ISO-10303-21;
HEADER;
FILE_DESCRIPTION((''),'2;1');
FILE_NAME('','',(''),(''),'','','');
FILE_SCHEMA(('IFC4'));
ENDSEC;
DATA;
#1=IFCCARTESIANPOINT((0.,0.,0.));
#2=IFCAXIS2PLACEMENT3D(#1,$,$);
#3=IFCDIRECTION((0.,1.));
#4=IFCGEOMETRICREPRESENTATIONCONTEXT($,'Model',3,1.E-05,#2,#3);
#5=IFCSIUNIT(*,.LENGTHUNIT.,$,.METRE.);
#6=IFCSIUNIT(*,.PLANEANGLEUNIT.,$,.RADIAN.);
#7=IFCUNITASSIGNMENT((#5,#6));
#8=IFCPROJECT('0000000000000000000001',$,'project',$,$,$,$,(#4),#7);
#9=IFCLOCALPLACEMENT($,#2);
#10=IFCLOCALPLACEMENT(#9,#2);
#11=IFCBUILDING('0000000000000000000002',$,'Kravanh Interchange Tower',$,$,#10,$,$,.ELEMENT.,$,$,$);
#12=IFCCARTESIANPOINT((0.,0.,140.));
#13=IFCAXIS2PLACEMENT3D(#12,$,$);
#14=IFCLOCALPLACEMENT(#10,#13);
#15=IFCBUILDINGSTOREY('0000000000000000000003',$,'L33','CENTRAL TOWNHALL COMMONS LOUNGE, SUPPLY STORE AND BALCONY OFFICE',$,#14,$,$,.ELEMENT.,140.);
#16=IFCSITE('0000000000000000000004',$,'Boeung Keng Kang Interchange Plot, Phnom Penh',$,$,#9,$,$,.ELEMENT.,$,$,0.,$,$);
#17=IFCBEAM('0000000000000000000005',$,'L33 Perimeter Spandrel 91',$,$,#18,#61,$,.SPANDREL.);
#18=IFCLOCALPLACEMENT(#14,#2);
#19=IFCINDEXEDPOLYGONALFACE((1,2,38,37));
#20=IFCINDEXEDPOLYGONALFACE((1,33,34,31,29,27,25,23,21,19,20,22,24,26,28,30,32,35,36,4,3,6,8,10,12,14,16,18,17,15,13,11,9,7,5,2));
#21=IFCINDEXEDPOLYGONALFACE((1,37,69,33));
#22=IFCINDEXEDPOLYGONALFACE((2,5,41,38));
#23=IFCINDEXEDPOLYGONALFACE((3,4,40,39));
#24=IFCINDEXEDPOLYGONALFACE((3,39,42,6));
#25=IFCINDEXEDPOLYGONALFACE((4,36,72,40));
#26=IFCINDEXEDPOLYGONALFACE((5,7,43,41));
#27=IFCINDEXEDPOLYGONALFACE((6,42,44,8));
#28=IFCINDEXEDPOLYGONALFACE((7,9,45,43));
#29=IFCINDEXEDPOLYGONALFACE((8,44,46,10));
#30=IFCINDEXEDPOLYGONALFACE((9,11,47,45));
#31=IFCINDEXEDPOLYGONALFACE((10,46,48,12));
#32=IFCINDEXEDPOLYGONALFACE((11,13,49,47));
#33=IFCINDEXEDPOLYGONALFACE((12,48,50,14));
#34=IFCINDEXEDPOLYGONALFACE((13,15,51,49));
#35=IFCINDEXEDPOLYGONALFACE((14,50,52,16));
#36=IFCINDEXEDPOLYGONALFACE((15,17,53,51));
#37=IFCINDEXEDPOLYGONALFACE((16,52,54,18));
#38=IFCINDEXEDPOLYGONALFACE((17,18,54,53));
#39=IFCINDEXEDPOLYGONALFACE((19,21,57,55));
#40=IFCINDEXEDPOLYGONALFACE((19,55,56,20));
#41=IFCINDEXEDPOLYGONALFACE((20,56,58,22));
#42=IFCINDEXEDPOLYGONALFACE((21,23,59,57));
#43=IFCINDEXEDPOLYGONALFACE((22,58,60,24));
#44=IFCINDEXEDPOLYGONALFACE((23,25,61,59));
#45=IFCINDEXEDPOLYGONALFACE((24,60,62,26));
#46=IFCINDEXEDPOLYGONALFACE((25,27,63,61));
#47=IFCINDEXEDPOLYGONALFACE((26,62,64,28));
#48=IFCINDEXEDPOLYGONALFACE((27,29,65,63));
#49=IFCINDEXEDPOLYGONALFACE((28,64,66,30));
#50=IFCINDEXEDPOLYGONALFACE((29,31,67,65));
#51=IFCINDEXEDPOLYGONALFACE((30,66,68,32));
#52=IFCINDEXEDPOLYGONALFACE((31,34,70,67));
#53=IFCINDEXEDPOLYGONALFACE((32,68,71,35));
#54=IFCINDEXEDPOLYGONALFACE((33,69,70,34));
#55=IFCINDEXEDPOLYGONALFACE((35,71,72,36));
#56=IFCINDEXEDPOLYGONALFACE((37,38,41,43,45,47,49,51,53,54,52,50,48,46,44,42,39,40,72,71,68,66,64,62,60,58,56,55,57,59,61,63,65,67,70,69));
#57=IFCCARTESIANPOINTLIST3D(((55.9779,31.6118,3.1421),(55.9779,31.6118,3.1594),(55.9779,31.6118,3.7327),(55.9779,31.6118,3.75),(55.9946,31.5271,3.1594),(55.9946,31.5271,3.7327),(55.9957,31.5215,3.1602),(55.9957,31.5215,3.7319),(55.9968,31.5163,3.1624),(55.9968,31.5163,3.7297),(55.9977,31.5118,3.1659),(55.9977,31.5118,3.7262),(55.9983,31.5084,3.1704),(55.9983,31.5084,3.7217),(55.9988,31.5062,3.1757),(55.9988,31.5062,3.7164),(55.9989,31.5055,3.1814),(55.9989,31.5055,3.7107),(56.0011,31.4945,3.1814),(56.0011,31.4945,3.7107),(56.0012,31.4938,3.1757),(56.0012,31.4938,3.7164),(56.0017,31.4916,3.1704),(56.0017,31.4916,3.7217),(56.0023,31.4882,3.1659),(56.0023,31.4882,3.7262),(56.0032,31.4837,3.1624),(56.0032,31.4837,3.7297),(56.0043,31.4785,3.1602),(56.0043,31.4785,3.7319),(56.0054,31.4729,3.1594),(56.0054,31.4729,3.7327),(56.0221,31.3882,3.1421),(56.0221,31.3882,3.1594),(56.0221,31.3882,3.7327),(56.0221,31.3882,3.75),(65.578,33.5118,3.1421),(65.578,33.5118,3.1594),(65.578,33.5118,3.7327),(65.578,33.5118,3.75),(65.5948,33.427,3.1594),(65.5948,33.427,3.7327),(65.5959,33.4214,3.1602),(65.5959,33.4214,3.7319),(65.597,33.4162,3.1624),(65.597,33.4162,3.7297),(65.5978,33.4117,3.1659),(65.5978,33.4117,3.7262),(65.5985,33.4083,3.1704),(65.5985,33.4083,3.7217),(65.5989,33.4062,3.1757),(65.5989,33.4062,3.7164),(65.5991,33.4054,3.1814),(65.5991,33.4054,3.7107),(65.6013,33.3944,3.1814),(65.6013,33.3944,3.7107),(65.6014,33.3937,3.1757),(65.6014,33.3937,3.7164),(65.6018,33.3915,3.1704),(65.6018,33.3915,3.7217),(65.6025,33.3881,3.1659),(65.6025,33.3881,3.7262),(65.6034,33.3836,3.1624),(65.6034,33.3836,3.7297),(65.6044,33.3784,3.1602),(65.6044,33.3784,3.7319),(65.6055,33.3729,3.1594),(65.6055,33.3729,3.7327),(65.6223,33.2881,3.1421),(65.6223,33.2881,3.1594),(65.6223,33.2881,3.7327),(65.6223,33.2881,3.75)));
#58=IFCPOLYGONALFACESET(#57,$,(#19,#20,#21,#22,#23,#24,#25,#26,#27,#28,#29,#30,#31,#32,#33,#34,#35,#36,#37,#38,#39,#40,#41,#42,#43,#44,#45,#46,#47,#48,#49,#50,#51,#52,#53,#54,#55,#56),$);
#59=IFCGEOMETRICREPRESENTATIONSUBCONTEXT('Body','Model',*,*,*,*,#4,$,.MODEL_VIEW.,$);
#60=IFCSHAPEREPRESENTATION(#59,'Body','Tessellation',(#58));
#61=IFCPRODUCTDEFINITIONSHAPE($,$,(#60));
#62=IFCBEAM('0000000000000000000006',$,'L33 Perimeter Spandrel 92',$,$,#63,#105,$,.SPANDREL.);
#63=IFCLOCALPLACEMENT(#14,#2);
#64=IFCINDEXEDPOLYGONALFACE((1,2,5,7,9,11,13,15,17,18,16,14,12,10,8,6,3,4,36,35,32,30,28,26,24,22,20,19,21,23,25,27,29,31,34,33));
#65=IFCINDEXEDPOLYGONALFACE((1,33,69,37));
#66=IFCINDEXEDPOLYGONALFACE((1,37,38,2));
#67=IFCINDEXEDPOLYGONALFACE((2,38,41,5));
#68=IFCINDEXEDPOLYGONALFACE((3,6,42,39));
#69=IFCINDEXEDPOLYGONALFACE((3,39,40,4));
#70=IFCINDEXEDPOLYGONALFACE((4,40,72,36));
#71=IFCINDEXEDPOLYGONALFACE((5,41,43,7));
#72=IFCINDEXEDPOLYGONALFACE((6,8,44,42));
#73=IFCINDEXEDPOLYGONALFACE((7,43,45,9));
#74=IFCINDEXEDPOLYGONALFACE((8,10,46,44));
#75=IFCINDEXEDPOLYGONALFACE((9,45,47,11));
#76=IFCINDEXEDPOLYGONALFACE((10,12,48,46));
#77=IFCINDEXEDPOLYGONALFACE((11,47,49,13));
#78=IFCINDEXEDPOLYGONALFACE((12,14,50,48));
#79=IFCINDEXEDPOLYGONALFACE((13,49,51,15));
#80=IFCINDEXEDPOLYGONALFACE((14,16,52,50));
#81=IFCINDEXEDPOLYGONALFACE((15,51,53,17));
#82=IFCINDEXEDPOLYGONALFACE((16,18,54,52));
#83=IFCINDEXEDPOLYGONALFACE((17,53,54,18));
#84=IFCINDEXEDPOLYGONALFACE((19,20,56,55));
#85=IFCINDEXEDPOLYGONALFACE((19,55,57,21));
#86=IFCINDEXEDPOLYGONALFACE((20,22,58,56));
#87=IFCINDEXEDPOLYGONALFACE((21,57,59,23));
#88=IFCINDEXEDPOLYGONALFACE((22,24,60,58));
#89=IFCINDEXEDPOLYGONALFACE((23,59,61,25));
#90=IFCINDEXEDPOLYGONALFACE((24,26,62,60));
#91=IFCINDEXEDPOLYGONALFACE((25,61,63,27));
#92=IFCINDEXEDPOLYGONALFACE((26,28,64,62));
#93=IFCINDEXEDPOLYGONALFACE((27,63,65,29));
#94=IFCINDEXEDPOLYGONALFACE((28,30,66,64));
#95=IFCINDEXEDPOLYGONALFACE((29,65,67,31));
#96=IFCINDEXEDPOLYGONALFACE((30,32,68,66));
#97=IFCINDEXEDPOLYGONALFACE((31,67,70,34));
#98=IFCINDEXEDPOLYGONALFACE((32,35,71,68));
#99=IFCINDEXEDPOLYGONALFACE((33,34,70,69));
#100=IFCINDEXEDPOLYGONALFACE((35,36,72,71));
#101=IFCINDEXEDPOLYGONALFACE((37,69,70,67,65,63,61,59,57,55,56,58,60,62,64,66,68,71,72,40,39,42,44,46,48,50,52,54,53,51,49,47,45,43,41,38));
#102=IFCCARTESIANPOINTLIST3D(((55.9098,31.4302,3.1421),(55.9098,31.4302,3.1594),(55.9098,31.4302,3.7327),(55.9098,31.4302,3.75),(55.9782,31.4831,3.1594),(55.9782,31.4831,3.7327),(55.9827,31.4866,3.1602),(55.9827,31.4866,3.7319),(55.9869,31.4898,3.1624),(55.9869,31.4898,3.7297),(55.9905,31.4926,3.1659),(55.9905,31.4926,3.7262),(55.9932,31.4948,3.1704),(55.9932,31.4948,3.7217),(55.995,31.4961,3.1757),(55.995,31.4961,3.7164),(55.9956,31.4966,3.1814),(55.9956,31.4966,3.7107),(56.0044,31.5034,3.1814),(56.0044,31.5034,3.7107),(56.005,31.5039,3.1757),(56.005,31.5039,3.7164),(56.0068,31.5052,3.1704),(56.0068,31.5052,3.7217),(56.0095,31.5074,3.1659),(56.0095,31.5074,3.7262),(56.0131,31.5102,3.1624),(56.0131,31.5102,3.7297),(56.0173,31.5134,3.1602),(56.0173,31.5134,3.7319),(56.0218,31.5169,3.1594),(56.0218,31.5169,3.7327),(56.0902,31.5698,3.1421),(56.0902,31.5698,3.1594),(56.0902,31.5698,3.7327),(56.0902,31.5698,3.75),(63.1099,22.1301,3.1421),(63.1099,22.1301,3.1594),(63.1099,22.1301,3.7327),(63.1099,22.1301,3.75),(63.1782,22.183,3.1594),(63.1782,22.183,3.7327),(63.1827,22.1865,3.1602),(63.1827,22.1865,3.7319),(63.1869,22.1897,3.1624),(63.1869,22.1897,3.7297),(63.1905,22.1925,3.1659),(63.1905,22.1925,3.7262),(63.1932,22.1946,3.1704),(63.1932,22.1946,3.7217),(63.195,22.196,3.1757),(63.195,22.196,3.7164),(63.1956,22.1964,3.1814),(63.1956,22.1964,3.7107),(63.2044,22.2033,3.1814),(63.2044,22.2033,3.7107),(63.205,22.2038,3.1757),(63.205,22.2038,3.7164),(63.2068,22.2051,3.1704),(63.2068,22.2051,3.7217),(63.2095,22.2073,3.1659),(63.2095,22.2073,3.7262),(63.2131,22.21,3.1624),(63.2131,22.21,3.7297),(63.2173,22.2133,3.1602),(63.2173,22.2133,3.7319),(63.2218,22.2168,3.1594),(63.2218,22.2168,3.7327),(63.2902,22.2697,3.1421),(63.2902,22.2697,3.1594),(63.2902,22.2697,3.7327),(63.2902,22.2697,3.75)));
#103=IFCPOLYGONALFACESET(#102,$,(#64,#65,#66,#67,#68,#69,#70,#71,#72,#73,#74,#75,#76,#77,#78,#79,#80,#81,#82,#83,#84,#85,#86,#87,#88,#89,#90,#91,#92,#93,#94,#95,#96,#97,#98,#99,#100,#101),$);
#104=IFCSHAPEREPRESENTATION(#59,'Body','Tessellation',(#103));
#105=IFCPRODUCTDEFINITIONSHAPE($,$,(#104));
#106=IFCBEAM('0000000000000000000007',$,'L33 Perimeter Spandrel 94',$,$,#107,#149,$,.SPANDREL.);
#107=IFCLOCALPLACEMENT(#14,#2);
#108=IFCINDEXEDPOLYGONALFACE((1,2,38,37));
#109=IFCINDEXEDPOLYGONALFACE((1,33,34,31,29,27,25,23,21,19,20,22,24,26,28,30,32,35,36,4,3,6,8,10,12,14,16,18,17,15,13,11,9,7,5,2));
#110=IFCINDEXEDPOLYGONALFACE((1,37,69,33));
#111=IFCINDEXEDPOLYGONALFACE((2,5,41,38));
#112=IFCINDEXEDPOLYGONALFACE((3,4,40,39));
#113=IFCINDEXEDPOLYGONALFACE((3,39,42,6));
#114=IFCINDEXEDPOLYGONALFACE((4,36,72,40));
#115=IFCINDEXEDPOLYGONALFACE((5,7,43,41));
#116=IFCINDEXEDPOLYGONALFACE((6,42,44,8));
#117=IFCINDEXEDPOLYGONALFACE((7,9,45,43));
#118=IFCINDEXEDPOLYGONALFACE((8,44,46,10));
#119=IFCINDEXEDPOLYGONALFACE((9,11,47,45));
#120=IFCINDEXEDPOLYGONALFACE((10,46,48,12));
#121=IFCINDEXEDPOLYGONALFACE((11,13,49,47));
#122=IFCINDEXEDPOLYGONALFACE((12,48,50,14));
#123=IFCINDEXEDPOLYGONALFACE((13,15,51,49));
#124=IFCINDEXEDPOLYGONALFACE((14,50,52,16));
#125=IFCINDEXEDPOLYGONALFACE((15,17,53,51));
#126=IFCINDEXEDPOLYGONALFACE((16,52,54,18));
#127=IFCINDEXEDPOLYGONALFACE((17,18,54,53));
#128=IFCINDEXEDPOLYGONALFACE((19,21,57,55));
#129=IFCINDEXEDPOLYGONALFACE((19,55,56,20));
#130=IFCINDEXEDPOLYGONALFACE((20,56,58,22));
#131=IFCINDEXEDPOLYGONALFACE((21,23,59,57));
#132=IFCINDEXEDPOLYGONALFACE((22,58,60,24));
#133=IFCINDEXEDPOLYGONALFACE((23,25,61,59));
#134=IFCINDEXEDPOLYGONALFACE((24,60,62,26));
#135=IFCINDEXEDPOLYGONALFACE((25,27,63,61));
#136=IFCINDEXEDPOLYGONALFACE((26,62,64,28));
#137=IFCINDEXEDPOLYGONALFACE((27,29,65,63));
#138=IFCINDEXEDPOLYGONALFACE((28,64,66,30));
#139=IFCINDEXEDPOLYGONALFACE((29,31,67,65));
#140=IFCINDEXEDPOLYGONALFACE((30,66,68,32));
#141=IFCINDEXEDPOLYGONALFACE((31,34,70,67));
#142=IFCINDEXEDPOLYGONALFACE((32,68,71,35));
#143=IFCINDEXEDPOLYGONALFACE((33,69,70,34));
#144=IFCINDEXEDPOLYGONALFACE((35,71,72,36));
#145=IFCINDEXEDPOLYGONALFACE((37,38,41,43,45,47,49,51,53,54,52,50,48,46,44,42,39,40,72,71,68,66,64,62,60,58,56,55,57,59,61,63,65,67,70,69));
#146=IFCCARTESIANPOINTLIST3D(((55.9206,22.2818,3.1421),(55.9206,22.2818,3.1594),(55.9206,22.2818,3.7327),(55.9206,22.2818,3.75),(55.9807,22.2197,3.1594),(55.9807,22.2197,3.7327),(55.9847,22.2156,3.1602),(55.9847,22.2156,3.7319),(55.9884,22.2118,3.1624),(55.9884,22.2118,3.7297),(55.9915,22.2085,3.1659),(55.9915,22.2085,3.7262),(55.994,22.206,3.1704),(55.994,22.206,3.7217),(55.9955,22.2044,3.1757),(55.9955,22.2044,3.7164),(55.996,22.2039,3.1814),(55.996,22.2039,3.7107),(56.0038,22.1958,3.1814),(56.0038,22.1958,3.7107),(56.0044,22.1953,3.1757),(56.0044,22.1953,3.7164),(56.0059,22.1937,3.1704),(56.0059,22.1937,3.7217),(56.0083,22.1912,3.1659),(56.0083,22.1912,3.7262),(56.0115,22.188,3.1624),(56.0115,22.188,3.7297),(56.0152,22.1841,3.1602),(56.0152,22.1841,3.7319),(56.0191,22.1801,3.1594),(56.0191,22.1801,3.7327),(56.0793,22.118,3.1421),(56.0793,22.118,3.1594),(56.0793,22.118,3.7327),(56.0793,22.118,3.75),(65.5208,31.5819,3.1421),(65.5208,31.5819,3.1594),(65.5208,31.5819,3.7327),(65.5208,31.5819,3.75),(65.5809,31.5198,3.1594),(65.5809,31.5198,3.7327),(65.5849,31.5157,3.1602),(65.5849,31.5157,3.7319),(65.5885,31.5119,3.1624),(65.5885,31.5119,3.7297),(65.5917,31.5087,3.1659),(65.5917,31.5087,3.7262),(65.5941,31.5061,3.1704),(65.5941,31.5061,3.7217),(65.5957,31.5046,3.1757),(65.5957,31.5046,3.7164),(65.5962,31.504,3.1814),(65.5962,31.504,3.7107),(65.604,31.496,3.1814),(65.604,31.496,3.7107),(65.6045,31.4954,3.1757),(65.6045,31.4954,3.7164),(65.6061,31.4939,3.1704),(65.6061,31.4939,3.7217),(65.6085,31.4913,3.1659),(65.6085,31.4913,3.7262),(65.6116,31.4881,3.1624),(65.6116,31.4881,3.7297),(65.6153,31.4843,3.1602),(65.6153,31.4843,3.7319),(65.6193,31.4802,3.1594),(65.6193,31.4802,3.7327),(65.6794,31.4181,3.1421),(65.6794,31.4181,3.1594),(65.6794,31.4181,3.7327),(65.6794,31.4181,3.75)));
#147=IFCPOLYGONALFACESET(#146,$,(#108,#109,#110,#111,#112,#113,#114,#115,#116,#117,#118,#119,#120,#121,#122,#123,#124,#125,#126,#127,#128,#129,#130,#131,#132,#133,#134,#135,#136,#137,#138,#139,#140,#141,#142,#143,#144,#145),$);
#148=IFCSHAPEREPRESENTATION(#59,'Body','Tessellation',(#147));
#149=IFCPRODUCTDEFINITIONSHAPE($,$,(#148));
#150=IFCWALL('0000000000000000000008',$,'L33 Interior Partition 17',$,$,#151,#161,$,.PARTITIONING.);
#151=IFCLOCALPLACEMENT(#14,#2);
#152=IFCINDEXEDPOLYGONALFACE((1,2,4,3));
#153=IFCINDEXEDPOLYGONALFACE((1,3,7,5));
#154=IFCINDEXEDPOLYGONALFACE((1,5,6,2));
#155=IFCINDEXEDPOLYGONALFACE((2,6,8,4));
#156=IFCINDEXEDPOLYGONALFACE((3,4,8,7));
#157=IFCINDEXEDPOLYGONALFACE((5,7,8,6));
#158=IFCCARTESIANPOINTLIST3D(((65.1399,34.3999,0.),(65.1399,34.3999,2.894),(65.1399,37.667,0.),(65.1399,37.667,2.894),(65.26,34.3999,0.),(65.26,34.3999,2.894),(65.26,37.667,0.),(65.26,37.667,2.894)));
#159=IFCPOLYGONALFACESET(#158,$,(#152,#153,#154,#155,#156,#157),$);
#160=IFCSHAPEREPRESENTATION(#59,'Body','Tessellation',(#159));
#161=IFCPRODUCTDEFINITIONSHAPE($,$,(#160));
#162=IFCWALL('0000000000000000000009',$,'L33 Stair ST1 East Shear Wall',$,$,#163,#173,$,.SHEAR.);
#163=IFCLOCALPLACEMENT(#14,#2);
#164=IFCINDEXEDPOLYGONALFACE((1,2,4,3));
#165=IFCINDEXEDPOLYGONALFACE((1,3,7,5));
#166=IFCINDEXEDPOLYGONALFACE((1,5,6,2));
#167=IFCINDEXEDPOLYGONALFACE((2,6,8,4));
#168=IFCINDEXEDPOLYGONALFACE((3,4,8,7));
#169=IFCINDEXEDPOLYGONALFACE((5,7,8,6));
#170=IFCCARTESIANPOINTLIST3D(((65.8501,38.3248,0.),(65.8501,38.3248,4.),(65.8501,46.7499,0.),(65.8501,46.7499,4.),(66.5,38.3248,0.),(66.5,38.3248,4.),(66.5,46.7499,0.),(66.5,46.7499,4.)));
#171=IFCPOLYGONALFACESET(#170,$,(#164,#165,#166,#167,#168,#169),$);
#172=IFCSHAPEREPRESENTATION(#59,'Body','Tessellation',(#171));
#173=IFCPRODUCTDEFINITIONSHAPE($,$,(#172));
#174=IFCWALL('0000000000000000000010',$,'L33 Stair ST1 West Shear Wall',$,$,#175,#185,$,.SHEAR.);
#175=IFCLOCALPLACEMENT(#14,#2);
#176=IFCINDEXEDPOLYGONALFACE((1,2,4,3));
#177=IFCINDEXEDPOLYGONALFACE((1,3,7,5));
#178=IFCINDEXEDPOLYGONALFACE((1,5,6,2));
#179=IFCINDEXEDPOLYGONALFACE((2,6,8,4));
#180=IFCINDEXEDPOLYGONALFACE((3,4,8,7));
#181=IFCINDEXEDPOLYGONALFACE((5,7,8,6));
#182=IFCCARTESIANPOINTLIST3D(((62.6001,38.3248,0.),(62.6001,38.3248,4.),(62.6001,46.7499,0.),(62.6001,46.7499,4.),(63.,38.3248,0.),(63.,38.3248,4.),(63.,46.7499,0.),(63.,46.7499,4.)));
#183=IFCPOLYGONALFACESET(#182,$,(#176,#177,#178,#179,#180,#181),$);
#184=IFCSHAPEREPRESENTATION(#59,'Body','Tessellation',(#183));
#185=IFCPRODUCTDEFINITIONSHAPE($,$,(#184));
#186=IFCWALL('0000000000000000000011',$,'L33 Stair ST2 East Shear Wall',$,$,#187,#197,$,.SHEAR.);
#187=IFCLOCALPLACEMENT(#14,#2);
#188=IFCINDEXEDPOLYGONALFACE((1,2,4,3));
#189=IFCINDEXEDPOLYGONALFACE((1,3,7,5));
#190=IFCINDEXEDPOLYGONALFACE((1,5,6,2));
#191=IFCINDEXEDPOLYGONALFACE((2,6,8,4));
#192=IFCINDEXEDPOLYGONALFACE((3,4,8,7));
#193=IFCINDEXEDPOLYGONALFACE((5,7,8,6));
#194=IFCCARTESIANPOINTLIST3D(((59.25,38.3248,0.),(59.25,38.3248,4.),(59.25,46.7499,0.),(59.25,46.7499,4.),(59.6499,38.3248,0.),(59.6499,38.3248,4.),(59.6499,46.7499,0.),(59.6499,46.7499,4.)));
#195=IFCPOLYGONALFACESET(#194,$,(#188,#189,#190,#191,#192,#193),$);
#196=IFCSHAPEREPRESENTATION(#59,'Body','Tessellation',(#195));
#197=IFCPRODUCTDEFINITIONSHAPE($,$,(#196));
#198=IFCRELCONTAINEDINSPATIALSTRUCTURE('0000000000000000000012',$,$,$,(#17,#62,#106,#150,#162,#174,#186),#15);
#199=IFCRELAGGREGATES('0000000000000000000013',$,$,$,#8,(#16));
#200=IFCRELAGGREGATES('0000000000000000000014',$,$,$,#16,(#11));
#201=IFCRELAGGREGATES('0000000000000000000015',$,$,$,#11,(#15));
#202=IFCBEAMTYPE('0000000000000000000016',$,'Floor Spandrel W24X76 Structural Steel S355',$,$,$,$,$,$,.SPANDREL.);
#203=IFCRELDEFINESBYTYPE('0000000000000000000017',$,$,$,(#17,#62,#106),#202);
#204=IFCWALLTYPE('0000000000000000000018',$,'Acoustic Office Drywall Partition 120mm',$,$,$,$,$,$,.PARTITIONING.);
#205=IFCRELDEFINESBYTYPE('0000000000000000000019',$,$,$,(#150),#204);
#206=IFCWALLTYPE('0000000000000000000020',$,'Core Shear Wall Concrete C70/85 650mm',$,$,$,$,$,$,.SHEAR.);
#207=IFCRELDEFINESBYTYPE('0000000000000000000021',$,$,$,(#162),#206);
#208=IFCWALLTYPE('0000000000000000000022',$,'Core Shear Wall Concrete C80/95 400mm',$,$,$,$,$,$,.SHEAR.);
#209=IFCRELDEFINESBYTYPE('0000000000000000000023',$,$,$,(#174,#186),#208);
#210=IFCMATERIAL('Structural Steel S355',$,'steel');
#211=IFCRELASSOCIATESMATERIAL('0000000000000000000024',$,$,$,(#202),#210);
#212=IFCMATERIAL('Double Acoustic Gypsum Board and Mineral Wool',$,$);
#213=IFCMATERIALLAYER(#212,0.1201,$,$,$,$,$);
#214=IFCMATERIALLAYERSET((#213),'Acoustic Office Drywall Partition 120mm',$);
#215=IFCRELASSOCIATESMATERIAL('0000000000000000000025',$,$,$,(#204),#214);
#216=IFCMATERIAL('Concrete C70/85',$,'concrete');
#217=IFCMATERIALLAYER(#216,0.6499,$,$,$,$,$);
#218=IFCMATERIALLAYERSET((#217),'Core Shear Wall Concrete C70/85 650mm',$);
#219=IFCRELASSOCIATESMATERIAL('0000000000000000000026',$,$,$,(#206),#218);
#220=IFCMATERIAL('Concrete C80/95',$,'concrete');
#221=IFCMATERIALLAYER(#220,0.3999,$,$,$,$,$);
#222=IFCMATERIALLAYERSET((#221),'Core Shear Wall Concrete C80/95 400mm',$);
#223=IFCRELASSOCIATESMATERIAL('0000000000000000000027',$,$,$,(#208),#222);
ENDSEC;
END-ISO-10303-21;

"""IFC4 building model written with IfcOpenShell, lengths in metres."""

from ifc_helpers import new_model, si_unit, direction, frame, frame_2d, origin, origin_2d, place, context, subcontext, project, spatial, rectangle, i_section, extrude, material, layer, layer_set, material_profile, profile_set, type_object, element, save


model = new_model("IFC4")

# Units and contexts
model_context = context("Model", 3, precision=1e-05, world=origin(), true_north=direction((0.0, 1.0)))
body_context = subcontext(model_context, "Body", "Model", "MODEL_VIEW")
ifc_project = project(units=[si_unit("LENGTHUNIT", "METRE"), si_unit("PLANEANGLEUNIT", "RADIAN")], contexts=[model_context])

# Site, building, storey
site_placement = place(None, origin())
site = spatial("IfcSite", under=ifc_project, at=site_placement, Name="Boeung Keng Kang Interchange Plot, Phnom Penh", CompositionType="ELEMENT", RefElevation=0.0)
building_placement = place(site_placement, origin())
building = spatial("IfcBuilding", under=site, at=building_placement, Name="Kravanh Interchange Tower", CompositionType="ELEMENT")
storey_placement = place(building_placement, frame((0.0, 0.0, 140.0)))
storey = spatial("IfcBuildingStorey", under=building, at=storey_placement, Name="L33", Description="CENTRAL TOWNHALL COMMONS LOUNGE, SUPPLY STORE AND BALCONY OFFICE", CompositionType="ELEMENT", Elevation=140.0)

# Beams
ifc_material_1 = material(Name="Structural Steel S355", Category="steel")
ifc_material_profile_1 = material_profile(ifc_material_1, i_section(OverallWidth=0.228, OverallDepth=0.6079, WebThickness=0.0112, FlangeThickness=0.0173, FilletRadius=0.022, at=origin_2d()), Name="W24X76")
ifc_profile_set_1 = profile_set([ifc_material_profile_1], Name="Structural Steel S355")
beam_type_1 = type_object("IfcBeamType", Name="Floor Spandrel W24X76 Structural Steel S355", PredefinedType="SPANDREL", material=ifc_profile_set_1)
beam_1_placement = place(storey_placement, frame((56.0, 31.5, 3.446), z_axis=(0.980974, 0.194139, 0.0), x_axis=(-0.194139, 0.980974, 0.0)))
element("IfcBeam", 1, at=beam_1_placement, inside=storey, type_object=beam_type_1, Name="L33 Perimeter Spandrel 91", PredefinedType="SPANDREL", context=body_context, shape_type="SweptSolid", body=[
    extrude(i_section(OverallWidth=0.228, OverallDepth=0.6079, WebThickness=0.0112, FlangeThickness=0.0173, FilletRadius=0.022, at=origin_2d()), origin(), (0.0, 0.0, 1.0), 9.7864),
])
beam_2_placement = place(storey_placement, frame((56.0, 31.5, 3.446), z_axis=(0.612169, -0.790727, 0.0), x_axis=(0.790727, 0.612169, 0.0)))
element("IfcBeam", 2, at=beam_2_placement, inside=storey, type_object=beam_type_1, Name="L33 Perimeter Spandrel 92", PredefinedType="SPANDREL", context=body_context, shape_type="SweptSolid", body=[
    extrude(i_section(OverallWidth=0.228, OverallDepth=0.6079, WebThickness=0.0112, FlangeThickness=0.0173, FilletRadius=0.022, at=origin_2d()), origin(), (0.0, 0.0, 1.0), 11.7615),
])
beam_3_placement = place(storey_placement, frame((65.6001, 31.5, 3.446), z_axis=(-0.718242, -0.695793, 0.0), x_axis=(0.695793, -0.718242, 0.0)))
element("IfcBeam", 3, at=beam_3_placement, inside=storey, type_object=beam_type_1, Name="L33 Perimeter Spandrel 94", PredefinedType="SPANDREL", context=body_context, shape_type="SweptSolid", body=[
    extrude(i_section(OverallWidth=0.228, OverallDepth=0.6079, WebThickness=0.0112, FlangeThickness=0.0173, FilletRadius=0.022, at=origin_2d()), origin(), (0.0, 0.0, 1.0), 13.3662),
])

# Walls
ifc_material_2 = material(Name="Double Acoustic Gypsum Board and Mineral Wool")
ifc_layer_1 = layer(ifc_material_2, 0.1201)
ifc_layer_set_1 = layer_set([ifc_layer_1], Name="Acoustic Office Drywall Partition 120mm")
wall_type_1 = type_object("IfcWallType", Name="Acoustic Office Drywall Partition 120mm", PredefinedType="PARTITIONING", material=ifc_layer_set_1)
wall_1_placement = place(storey_placement, frame((65.2, 34.3999, 0.0), z_axis=(0.0, 0.0, 1.0), x_axis=(0.0, 1.0, 0.0)))
element("IfcWall", 4, at=wall_1_placement, inside=storey, type_object=wall_type_1, Name="L33 Interior Partition 17", PredefinedType="PARTITIONING", context=body_context, shape_type="SweptSolid", body=[
    extrude(rectangle(XDim=3.2671, YDim=0.1201, at=frame_2d((1.6335, 0.0))), origin(), (0.0, 0.0, 1.0), 2.894),
])
ifc_material_3 = material(Name="Concrete C70/85", Category="concrete")
ifc_layer_2 = layer(ifc_material_3, 0.6499)
ifc_layer_set_2 = layer_set([ifc_layer_2], Name="Core Shear Wall Concrete C70/85 650mm")
wall_type_2 = type_object("IfcWallType", Name="Core Shear Wall Concrete C70/85 650mm", PredefinedType="SHEAR", material=ifc_layer_set_2)
wall_2_placement = place(storey_placement, frame((66.175, 38.325, 0.0), z_axis=(0.0, 0.0, 1.0), x_axis=(0.0, 1.0, 0.0)))
element("IfcWall", 5, at=wall_2_placement, inside=storey, type_object=wall_type_2, Name="L33 Stair ST1 East Shear Wall", PredefinedType="SHEAR", context=body_context, shape_type="SweptSolid", body=[
    extrude(rectangle(XDim=8.425, YDim=0.6499, at=frame_2d((4.2124, 0.0))), origin(), (0.0, 0.0, 1.0), 4.0),
])
ifc_material_4 = material(Name="Concrete C80/95", Category="concrete")
ifc_layer_3 = layer(ifc_material_4, 0.3999)
ifc_layer_set_3 = layer_set([ifc_layer_3], Name="Core Shear Wall Concrete C80/95 400mm")
wall_type_3 = type_object("IfcWallType", Name="Core Shear Wall Concrete C80/95 400mm", PredefinedType="SHEAR", material=ifc_layer_set_3)
for number, where, z_axis, x_axis, name in (
    (6, (62.8, 38.325, 0.0), (0.0, 0.0, 1.0), (0.0, 1.0, 0.0), "L33 Stair ST1 West Shear Wall"),
    (7, (59.45, 38.325, 0.0), (0.0, 0.0, 1.0), (0.0, 1.0, 0.0), "L33 Stair ST2 East Shear Wall"),
):
    element("IfcWall", number, at=place(storey_placement, frame(where, z_axis=z_axis, x_axis=x_axis)), inside=storey, type_object=wall_type_3, Name=name, PredefinedType="SHEAR", context=body_context, shape_type="SweptSolid", body=[
        extrude(rectangle(XDim=8.425, YDim=0.3999, at=frame_2d((4.2124, 0.0))), origin(), (0.0, 0.0, 1.0), 4.0),
    ])

save(model, "model.ifc")
